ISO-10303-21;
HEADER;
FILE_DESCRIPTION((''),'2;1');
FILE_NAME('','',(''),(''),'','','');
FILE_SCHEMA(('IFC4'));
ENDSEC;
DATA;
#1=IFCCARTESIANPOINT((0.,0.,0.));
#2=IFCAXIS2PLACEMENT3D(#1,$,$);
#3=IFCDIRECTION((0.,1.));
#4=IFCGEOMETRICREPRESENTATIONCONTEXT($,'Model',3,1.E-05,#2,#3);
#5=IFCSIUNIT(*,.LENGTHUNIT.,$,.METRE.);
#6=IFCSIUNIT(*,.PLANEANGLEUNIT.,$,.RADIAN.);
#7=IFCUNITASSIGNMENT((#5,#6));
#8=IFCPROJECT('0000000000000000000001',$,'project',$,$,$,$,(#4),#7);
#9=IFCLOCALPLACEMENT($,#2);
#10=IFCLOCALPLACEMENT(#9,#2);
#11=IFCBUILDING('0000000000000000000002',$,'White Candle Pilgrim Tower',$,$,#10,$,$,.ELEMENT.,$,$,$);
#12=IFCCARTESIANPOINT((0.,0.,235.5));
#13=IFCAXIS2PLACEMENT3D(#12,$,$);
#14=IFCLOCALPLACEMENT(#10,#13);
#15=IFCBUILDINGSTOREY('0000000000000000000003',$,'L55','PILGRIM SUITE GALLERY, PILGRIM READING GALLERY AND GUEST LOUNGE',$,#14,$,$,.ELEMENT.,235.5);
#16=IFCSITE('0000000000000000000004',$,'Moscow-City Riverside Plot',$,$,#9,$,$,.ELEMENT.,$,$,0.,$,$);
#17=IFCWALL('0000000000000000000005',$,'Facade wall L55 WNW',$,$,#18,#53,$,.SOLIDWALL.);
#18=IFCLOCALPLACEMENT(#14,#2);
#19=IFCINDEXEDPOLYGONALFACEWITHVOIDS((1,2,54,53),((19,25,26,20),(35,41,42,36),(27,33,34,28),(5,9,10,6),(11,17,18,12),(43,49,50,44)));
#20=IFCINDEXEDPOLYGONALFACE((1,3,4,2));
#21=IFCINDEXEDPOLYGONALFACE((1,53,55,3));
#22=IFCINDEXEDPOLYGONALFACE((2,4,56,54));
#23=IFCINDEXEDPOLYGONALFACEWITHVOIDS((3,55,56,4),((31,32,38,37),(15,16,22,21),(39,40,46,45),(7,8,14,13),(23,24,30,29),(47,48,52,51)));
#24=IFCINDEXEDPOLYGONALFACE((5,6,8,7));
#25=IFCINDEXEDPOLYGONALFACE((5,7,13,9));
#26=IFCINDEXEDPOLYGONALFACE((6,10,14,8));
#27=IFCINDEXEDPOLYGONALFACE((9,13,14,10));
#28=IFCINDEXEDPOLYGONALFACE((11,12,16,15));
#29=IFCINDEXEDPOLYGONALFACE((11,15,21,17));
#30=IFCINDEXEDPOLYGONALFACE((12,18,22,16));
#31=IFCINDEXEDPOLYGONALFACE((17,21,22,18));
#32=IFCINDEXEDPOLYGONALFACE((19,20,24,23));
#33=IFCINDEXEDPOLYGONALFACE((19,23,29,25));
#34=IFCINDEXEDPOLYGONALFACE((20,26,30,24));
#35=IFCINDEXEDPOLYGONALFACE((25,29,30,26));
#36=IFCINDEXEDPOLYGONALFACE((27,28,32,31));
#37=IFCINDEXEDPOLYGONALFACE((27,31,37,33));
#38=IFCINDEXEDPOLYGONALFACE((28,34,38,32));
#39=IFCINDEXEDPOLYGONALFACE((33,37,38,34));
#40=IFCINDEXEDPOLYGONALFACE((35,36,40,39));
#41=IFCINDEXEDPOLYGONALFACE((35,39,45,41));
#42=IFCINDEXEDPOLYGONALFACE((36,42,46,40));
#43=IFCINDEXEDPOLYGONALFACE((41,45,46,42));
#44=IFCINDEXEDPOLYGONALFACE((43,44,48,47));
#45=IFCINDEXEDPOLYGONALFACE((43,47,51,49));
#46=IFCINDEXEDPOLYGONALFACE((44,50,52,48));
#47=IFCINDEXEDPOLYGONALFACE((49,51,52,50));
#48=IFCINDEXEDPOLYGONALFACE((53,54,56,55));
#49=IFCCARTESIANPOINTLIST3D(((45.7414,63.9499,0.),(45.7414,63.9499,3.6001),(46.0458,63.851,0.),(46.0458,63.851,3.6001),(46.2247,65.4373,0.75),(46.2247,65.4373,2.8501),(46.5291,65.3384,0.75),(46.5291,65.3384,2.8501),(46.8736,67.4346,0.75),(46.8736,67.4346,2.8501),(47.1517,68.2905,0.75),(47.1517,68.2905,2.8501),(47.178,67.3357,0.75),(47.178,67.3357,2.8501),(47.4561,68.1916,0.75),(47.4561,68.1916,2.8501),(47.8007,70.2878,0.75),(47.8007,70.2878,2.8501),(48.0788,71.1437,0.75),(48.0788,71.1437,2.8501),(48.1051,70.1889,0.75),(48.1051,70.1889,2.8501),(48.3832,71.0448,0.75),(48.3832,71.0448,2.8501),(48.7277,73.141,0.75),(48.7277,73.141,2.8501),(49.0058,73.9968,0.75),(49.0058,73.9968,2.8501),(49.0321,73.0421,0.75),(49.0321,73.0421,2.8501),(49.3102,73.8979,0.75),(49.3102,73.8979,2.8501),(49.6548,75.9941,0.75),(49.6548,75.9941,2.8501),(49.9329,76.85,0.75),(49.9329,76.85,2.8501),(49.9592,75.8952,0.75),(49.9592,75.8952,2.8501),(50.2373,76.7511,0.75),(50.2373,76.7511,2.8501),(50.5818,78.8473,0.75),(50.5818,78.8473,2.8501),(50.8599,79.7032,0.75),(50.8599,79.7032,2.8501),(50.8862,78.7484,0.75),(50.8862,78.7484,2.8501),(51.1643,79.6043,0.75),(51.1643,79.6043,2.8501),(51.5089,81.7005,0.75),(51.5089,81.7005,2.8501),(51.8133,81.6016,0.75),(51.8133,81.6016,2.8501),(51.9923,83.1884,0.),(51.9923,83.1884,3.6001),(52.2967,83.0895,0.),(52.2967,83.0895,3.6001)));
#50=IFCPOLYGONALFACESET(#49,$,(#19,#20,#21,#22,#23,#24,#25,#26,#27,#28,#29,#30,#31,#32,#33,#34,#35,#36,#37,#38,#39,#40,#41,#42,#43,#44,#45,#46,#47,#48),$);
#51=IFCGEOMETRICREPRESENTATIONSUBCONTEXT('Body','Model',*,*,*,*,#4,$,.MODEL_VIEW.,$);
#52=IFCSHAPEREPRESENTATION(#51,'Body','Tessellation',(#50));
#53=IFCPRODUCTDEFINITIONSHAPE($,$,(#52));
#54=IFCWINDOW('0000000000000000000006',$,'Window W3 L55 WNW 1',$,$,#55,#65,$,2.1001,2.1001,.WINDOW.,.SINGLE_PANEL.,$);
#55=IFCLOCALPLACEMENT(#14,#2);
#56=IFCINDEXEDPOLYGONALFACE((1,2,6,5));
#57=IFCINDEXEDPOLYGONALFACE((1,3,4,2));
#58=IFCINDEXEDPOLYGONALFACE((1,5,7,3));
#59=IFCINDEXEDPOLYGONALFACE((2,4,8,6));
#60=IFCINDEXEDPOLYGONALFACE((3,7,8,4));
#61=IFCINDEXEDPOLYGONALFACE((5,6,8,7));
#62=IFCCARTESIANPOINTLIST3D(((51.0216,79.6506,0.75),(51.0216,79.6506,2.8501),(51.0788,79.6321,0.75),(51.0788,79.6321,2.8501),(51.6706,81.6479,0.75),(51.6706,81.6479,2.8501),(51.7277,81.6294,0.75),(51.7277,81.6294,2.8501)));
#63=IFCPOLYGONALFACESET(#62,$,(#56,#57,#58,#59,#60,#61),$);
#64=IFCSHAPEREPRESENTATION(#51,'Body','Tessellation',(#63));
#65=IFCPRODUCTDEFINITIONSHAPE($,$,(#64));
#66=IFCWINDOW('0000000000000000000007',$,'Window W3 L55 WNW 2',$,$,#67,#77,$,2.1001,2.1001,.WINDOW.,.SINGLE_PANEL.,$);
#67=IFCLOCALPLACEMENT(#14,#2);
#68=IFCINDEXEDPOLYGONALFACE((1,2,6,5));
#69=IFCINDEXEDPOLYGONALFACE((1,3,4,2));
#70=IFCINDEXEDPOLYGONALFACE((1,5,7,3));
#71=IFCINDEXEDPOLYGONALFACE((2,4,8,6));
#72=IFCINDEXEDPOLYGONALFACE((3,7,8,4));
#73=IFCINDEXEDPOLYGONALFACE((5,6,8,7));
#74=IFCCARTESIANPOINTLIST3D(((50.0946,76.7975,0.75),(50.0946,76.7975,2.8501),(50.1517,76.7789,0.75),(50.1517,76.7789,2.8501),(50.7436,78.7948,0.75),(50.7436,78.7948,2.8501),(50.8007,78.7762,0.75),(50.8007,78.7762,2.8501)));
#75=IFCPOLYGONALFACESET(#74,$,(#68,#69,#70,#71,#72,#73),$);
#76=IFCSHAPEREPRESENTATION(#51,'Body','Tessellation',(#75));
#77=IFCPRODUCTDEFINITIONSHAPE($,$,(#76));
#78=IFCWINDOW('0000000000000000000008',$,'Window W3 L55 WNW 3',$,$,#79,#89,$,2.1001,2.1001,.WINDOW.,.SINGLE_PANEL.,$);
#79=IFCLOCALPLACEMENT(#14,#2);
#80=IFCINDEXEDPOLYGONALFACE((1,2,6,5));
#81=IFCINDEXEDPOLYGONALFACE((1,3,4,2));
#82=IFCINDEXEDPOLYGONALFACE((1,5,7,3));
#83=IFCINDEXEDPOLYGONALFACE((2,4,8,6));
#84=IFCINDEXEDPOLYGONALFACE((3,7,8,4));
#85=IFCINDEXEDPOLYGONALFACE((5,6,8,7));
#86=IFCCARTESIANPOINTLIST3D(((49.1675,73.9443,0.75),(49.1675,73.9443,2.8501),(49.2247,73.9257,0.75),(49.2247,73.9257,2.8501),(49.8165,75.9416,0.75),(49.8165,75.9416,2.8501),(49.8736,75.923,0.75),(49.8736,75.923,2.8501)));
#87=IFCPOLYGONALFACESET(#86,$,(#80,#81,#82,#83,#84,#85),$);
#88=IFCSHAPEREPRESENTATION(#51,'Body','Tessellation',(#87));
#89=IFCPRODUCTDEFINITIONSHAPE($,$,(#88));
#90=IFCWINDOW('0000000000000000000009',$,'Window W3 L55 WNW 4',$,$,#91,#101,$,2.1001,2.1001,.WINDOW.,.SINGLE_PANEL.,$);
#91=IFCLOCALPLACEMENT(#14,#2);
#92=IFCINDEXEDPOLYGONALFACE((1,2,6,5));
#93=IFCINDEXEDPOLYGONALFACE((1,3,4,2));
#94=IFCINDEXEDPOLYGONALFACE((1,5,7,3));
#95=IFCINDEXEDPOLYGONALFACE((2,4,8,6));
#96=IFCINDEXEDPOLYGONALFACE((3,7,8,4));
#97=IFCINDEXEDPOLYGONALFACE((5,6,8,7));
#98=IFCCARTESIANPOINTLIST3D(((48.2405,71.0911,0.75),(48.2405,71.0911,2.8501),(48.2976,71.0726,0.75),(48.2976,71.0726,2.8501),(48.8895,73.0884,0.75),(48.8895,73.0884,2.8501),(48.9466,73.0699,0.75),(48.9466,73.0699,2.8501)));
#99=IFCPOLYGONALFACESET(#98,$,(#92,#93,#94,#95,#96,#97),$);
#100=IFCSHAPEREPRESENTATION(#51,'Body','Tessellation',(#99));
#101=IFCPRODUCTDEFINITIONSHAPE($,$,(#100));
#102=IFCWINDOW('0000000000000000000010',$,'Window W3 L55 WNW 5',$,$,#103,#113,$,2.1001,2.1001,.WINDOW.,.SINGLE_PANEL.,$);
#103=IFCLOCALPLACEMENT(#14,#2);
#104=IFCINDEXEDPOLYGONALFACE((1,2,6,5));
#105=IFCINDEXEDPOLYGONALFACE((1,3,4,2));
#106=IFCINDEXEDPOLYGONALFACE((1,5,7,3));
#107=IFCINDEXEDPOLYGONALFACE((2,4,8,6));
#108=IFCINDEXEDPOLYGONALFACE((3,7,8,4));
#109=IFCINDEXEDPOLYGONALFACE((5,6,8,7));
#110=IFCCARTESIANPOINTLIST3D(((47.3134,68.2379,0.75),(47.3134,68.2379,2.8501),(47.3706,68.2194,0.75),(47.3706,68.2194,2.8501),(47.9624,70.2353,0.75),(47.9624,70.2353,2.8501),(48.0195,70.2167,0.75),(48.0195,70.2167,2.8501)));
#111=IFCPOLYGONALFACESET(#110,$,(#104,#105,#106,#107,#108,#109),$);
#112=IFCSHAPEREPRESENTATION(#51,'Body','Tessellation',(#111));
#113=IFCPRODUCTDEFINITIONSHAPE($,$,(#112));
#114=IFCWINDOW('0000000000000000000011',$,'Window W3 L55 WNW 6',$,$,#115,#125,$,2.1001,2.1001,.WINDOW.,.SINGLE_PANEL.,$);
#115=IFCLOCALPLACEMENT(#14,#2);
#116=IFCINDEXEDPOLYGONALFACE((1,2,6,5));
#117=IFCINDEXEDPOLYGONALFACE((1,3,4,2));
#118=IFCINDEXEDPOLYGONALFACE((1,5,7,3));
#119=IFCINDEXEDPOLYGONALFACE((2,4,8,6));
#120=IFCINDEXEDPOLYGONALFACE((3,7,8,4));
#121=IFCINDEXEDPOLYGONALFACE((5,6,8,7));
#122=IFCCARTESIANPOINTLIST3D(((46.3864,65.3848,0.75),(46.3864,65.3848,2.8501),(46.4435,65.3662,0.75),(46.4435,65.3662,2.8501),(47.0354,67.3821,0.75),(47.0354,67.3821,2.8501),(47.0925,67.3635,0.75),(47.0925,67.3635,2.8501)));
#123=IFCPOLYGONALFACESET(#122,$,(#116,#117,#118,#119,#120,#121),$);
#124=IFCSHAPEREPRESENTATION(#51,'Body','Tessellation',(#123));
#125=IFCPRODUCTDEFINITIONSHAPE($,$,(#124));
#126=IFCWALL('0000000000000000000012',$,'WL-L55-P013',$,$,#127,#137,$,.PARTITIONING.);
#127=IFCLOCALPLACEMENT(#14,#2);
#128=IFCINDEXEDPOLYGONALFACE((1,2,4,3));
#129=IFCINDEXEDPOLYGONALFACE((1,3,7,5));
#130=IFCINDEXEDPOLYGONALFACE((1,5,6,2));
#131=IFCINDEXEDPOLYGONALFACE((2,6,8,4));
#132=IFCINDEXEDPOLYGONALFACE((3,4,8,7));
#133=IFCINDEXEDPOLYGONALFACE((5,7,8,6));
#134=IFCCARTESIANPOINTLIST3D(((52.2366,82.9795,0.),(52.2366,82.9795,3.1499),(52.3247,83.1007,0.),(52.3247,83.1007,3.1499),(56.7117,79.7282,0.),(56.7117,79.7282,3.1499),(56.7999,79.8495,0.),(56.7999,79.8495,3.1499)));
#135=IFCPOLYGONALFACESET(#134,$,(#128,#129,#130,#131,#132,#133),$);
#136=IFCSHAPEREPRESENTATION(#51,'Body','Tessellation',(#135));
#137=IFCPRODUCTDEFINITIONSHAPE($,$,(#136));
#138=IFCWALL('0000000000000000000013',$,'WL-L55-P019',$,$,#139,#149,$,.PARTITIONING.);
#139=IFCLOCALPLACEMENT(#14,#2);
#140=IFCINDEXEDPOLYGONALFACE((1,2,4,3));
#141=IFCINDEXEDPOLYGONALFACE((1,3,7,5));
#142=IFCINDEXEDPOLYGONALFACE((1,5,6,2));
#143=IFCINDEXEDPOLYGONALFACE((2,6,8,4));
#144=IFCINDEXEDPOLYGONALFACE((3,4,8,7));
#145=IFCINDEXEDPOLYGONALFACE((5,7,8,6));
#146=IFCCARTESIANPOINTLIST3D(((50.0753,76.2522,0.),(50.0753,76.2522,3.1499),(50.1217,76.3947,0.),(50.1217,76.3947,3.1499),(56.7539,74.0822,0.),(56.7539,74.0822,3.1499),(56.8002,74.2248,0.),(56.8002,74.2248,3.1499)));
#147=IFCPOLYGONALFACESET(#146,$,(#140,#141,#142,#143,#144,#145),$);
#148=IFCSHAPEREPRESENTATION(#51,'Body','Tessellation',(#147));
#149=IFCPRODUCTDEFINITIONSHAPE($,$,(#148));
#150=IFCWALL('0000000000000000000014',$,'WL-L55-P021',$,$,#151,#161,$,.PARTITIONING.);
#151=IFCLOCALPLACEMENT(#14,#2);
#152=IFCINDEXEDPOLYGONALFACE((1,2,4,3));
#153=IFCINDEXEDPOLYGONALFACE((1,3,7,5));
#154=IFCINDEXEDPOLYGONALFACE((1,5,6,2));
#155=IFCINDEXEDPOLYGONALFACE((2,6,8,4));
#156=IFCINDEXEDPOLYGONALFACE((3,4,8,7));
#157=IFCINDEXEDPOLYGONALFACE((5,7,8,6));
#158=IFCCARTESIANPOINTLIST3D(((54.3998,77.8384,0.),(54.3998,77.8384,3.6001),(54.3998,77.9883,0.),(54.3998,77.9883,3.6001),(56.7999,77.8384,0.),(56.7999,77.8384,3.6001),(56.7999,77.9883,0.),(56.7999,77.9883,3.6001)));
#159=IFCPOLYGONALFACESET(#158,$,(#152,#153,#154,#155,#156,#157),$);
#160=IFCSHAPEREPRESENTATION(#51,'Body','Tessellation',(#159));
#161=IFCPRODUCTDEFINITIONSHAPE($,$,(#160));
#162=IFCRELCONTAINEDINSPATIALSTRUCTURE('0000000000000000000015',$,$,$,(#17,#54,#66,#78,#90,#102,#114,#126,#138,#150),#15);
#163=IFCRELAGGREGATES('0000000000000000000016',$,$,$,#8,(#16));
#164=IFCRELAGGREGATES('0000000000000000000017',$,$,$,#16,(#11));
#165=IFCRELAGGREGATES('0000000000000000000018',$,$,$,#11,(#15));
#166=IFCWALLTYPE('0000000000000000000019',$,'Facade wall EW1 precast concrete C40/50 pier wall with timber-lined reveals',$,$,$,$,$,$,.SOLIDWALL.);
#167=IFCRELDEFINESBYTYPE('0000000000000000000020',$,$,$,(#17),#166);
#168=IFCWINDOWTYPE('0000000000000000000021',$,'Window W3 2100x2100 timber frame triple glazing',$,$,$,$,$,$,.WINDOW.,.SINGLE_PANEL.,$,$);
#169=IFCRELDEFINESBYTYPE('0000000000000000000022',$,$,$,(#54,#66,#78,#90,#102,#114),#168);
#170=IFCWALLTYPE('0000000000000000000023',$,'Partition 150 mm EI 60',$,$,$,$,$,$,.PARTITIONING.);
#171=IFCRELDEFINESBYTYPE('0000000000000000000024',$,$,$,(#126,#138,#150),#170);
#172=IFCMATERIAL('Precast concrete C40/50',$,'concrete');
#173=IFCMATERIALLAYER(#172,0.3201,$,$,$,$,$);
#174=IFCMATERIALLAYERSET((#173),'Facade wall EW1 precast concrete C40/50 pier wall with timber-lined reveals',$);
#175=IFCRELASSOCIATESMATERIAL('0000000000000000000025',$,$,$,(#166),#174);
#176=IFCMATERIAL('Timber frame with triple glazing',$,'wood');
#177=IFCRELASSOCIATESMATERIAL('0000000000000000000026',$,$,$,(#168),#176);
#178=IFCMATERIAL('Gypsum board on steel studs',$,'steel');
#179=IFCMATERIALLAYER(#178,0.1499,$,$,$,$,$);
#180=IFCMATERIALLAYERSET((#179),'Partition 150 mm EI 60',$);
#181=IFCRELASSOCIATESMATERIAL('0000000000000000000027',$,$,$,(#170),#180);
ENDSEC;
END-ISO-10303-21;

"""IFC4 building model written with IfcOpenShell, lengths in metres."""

from ifc_helpers import new_model, si_unit, direction, frame, frame_2d, origin, place, context, subcontext, project, spatial, rectangle, extrude, material, layer, layer_set, type_object, element, fill, save


model = new_model("IFC4")

# Units and contexts
model_context = context("Model", 3, precision=1e-05, world=origin(), true_north=direction((0.0, 1.0)))
body_context = subcontext(model_context, "Body", "Model", "MODEL_VIEW")
ifc_project = project(units=[si_unit("LENGTHUNIT", "METRE"), si_unit("PLANEANGLEUNIT", "RADIAN")], contexts=[model_context])

# Site, building, storey
site_placement = place(None, origin())
site = spatial("IfcSite", under=ifc_project, at=site_placement, Name="Moscow-City Riverside Plot", CompositionType="ELEMENT", RefElevation=0.0)
building_placement = place(site_placement, origin())
building = spatial("IfcBuilding", under=site, at=building_placement, Name="White Candle Pilgrim Tower", CompositionType="ELEMENT")
storey_placement = place(building_placement, frame((0.0, 0.0, 235.5)))
storey = spatial("IfcBuildingStorey", under=building, at=storey_placement, Name="L55", Description="PILGRIM SUITE GALLERY, PILGRIM READING GALLERY AND GUEST LOUNGE", CompositionType="ELEMENT", Elevation=235.5)

# Shared definitions
ifc_material_1 = material(Name="Precast concrete C40/50", Category="concrete")
ifc_layer_1 = layer(ifc_material_1, 0.3201)
ifc_layer_set_1 = layer_set([ifc_layer_1], Name="Facade wall EW1 precast concrete C40/50 pier wall with timber-lined reveals")
wall_type_1 = type_object("IfcWallType", Name="Facade wall EW1 precast concrete C40/50 pier wall with timber-lined reveals", PredefinedType="SOLIDWALL", material=ifc_layer_set_1)
ifc_material_2 = material(Name="Timber frame with triple glazing", Category="wood")

# Wall, openings, windows
wall_1_placement = place(storey_placement, frame((52.1445, 83.1389, 0.0), z_axis=(0.0, 0.0, 1.0), x_axis=(-0.309017, -0.951057, 0.0)))
wall_1 = element("IfcWall", 1, at=wall_1_placement, inside=storey, type_object=wall_type_1, Name="Facade wall L55 WNW", PredefinedType="SOLIDWALL", context=body_context, shape_type="SweptSolid", body=[
    extrude(rectangle(XDim=20.2285, YDim=0.3201, at=frame_2d((10.1143, 0.0))), origin(), (0.0, 0.0, 1.0), 3.6001),
])
opening_1_placement = place(wall_1_placement, frame((1.5645, 0.0, 0.75)))
opening_1 = element("IfcOpeningElement", 2, at=opening_1_placement, cuts=wall_1, PredefinedType="OPENING", context=body_context, shape_type="SweptSolid", body=[
    extrude(rectangle(XDim=2.1001, YDim=2.1001, at=frame_2d((1.05, 1.05))), frame((0.0, 0.1699, 0.0), z_axis=(0.0, -1.0, 0.0), x_axis=(1.0, 0.0, 0.0)), (0.0, 0.0, 1.0), 0.3401),
])
opening_2_placement = place(wall_1_placement, frame((4.5645, 0.0, 0.75)))
opening_2 = element("IfcOpeningElement", 3, at=opening_2_placement, cuts=wall_1, PredefinedType="OPENING", context=body_context, shape_type="SweptSolid", body=[
    extrude(rectangle(XDim=2.1001, YDim=2.1001, at=frame_2d((1.05, 1.05))), frame((0.0, 0.1699, 0.0), z_axis=(0.0, -1.0, 0.0), x_axis=(1.0, 0.0, 0.0)), (0.0, 0.0, 1.0), 0.3401),
])
opening_3_placement = place(wall_1_placement, frame((7.5645, 0.0, 0.75)))
opening_3 = element("IfcOpeningElement", 4, at=opening_3_placement, cuts=wall_1, PredefinedType="OPENING", context=body_context, shape_type="SweptSolid", body=[
    extrude(rectangle(XDim=2.1001, YDim=2.1001, at=frame_2d((1.05, 1.05))), frame((0.0, 0.1699, 0.0), z_axis=(0.0, -1.0, 0.0), x_axis=(1.0, 0.0, 0.0)), (0.0, 0.0, 1.0), 0.3401),
])
opening_4_placement = place(wall_1_placement, frame((10.5645, 0.0, 0.75)))
opening_4 = element("IfcOpeningElement", 5, at=opening_4_placement, cuts=wall_1, PredefinedType="OPENING", context=body_context, shape_type="SweptSolid", body=[
    extrude(rectangle(XDim=2.1001, YDim=2.1001, at=frame_2d((1.05, 1.05))), frame((0.0, 0.1699, 0.0), z_axis=(0.0, -1.0, 0.0), x_axis=(1.0, 0.0, 0.0)), (0.0, 0.0, 1.0), 0.3401),
])
opening_5_placement = place(wall_1_placement, frame((13.5645, 0.0, 0.75)))
opening_5 = element("IfcOpeningElement", 6, at=opening_5_placement, cuts=wall_1, PredefinedType="OPENING", context=body_context, shape_type="SweptSolid", body=[
    extrude(rectangle(XDim=2.1001, YDim=2.1001, at=frame_2d((1.05, 1.05))), frame((0.0, 0.1699, 0.0), z_axis=(0.0, -1.0, 0.0), x_axis=(1.0, 0.0, 0.0)), (0.0, 0.0, 1.0), 0.3401),
])
opening_6_placement = place(wall_1_placement, frame((16.5645, 0.0, 0.75)))
opening_6 = element("IfcOpeningElement", 7, at=opening_6_placement, cuts=wall_1, PredefinedType="OPENING", context=body_context, shape_type="SweptSolid", body=[
    extrude(rectangle(XDim=2.1001, YDim=2.1001, at=frame_2d((1.05, 1.05))), frame((0.0, 0.1699, 0.0), z_axis=(0.0, -1.0, 0.0), x_axis=(1.0, 0.0, 0.0)), (0.0, 0.0, 1.0), 0.3401),
])
window_type_1 = type_object("IfcWindowType", Name="Window W3 2100x2100 timber frame triple glazing", PartitioningType="SINGLE_PANEL", PredefinedType="WINDOW", material=ifc_material_2)
window_1_placement = place(opening_1_placement, origin())
window_1 = element("IfcWindow", 8, at=window_1_placement, inside=storey, type_object=window_type_1, Name="Window W3 L55 WNW 1", OverallHeight=2.1001, OverallWidth=2.1001, PartitioningType="SINGLE_PANEL", PredefinedType="WINDOW", context=body_context, shape_type="SweptSolid", body=[
    extrude(rectangle(XDim=2.1001, YDim=2.1001, at=frame_2d((1.05, 1.05))), frame((0.0, 0.0701, 0.0), z_axis=(0.0, -1.0, 0.0), x_axis=(1.0, 0.0, 0.0)), (0.0, 0.0, 1.0), 0.0601),
])
fill(opening_1, window_1)
window_2_placement = place(opening_2_placement, origin())
window_2 = element("IfcWindow", 9, at=window_2_placement, inside=storey, type_object=window_type_1, Name="Window W3 L55 WNW 2", OverallHeight=2.1001, OverallWidth=2.1001, PartitioningType="SINGLE_PANEL", PredefinedType="WINDOW", context=body_context, shape_type="SweptSolid", body=[
    extrude(rectangle(XDim=2.1001, YDim=2.1001, at=frame_2d((1.05, 1.05))), frame((0.0, 0.0701, 0.0), z_axis=(0.0, -1.0, 0.0), x_axis=(1.0, 0.0, 0.0)), (0.0, 0.0, 1.0), 0.0601),
])
fill(opening_2, window_2)
window_3_placement = place(opening_3_placement, origin())
window_3 = element("IfcWindow", 10, at=window_3_placement, inside=storey, type_object=window_type_1, Name="Window W3 L55 WNW 3", OverallHeight=2.1001, OverallWidth=2.1001, PartitioningType="SINGLE_PANEL", PredefinedType="WINDOW", context=body_context, shape_type="SweptSolid", body=[
    extrude(rectangle(XDim=2.1001, YDim=2.1001, at=frame_2d((1.05, 1.05))), frame((0.0, 0.0701, 0.0), z_axis=(0.0, -1.0, 0.0), x_axis=(1.0, 0.0, 0.0)), (0.0, 0.0, 1.0), 0.0601),
])
fill(opening_3, window_3)
window_4_placement = place(opening_4_placement, origin())
window_4 = element("IfcWindow", 11, at=window_4_placement, inside=storey, type_object=window_type_1, Name="Window W3 L55 WNW 4", OverallHeight=2.1001, OverallWidth=2.1001, PartitioningType="SINGLE_PANEL", PredefinedType="WINDOW", context=body_context, shape_type="SweptSolid", body=[
    extrude(rectangle(XDim=2.1001, YDim=2.1001, at=frame_2d((1.05, 1.05))), frame((0.0, 0.0701, 0.0), z_axis=(0.0, -1.0, 0.0), x_axis=(1.0, 0.0, 0.0)), (0.0, 0.0, 1.0), 0.0601),
])
fill(opening_4, window_4)
window_5_placement = place(opening_5_placement, origin())
window_5 = element("IfcWindow", 12, at=window_5_placement, inside=storey, type_object=window_type_1, Name="Window W3 L55 WNW 5", OverallHeight=2.1001, OverallWidth=2.1001, PartitioningType="SINGLE_PANEL", PredefinedType="WINDOW", context=body_context, shape_type="SweptSolid", body=[
    extrude(rectangle(XDim=2.1001, YDim=2.1001, at=frame_2d((1.05, 1.05))), frame((0.0, 0.0701, 0.0), z_axis=(0.0, -1.0, 0.0), x_axis=(1.0, 0.0, 0.0)), (0.0, 0.0, 1.0), 0.0601),
])
fill(opening_5, window_5)
window_6_placement = place(opening_6_placement, origin())
window_6 = element("IfcWindow", 13, at=window_6_placement, inside=storey, type_object=window_type_1, Name="Window W3 L55 WNW 6", OverallHeight=2.1001, OverallWidth=2.1001, PartitioningType="SINGLE_PANEL", PredefinedType="WINDOW", context=body_context, shape_type="SweptSolid", body=[
    extrude(rectangle(XDim=2.1001, YDim=2.1001, at=frame_2d((1.05, 1.05))), frame((0.0, 0.0701, 0.0), z_axis=(0.0, -1.0, 0.0), x_axis=(1.0, 0.0, 0.0)), (0.0, 0.0, 1.0), 0.0601),
])
fill(opening_6, window_6)

# Walls
ifc_material_3 = material(Name="Gypsum board on steel studs", Category="steel")
ifc_layer_2 = layer(ifc_material_3, 0.1499)
ifc_layer_set_2 = layer_set([ifc_layer_2], Name="Partition 150 mm EI 60")
wall_type_2 = type_object("IfcWallType", Name="Partition 150 mm EI 60", PredefinedType="PARTITIONING", material=ifc_layer_set_2)
wall_2_placement = place(storey_placement, frame((52.2808, 83.04, 0.0), z_axis=(0.0, 0.0, 1.0), x_axis=(0.809028, -0.58777, 0.0)))
element("IfcWall", 14, at=wall_2_placement, inside=storey, type_object=wall_type_2, Name="WL-L55-P013", PredefinedType="PARTITIONING", context=body_context, shape_type="SweptSolid", body=[
    extrude(rectangle(XDim=5.5315, YDim=0.1499, at=frame_2d((2.7656, 0.0))), origin(), (0.0, 0.0, 1.0), 3.1499),
])
wall_3_placement = place(storey_placement, frame((50.0984, 76.3235, 0.0), z_axis=(0.0, 0.0, 1.0), x_axis=(0.951058, -0.309011, 0.0)))
element("IfcWall", 15, at=wall_3_placement, inside=storey, type_object=wall_type_2, Name="WL-L55-P019", PredefinedType="PARTITIONING", context=body_context, shape_type="SweptSolid", body=[
    extrude(rectangle(XDim=7.0222, YDim=0.1499, at=frame_2d((3.5112, 0.0))), origin(), (0.0, 0.0, 1.0), 3.1499),
])
wall_4_placement = place(storey_placement, frame((56.8, 77.9133, 0.0), z_axis=(0.0, 0.0, 1.0), x_axis=(-1.0, 0.0, 0.0)))
element("IfcWall", 16, at=wall_4_placement, inside=storey, type_object=wall_type_2, Name="WL-L55-P021", PredefinedType="PARTITIONING", context=body_context, shape_type="SweptSolid", body=[
    extrude(rectangle(XDim=2.4001, YDim=0.1499, at=frame_2d((1.2002, 0.0))), origin(), (0.0, 0.0, 1.0), 3.6001),
])

save(model, "model.ifc")
